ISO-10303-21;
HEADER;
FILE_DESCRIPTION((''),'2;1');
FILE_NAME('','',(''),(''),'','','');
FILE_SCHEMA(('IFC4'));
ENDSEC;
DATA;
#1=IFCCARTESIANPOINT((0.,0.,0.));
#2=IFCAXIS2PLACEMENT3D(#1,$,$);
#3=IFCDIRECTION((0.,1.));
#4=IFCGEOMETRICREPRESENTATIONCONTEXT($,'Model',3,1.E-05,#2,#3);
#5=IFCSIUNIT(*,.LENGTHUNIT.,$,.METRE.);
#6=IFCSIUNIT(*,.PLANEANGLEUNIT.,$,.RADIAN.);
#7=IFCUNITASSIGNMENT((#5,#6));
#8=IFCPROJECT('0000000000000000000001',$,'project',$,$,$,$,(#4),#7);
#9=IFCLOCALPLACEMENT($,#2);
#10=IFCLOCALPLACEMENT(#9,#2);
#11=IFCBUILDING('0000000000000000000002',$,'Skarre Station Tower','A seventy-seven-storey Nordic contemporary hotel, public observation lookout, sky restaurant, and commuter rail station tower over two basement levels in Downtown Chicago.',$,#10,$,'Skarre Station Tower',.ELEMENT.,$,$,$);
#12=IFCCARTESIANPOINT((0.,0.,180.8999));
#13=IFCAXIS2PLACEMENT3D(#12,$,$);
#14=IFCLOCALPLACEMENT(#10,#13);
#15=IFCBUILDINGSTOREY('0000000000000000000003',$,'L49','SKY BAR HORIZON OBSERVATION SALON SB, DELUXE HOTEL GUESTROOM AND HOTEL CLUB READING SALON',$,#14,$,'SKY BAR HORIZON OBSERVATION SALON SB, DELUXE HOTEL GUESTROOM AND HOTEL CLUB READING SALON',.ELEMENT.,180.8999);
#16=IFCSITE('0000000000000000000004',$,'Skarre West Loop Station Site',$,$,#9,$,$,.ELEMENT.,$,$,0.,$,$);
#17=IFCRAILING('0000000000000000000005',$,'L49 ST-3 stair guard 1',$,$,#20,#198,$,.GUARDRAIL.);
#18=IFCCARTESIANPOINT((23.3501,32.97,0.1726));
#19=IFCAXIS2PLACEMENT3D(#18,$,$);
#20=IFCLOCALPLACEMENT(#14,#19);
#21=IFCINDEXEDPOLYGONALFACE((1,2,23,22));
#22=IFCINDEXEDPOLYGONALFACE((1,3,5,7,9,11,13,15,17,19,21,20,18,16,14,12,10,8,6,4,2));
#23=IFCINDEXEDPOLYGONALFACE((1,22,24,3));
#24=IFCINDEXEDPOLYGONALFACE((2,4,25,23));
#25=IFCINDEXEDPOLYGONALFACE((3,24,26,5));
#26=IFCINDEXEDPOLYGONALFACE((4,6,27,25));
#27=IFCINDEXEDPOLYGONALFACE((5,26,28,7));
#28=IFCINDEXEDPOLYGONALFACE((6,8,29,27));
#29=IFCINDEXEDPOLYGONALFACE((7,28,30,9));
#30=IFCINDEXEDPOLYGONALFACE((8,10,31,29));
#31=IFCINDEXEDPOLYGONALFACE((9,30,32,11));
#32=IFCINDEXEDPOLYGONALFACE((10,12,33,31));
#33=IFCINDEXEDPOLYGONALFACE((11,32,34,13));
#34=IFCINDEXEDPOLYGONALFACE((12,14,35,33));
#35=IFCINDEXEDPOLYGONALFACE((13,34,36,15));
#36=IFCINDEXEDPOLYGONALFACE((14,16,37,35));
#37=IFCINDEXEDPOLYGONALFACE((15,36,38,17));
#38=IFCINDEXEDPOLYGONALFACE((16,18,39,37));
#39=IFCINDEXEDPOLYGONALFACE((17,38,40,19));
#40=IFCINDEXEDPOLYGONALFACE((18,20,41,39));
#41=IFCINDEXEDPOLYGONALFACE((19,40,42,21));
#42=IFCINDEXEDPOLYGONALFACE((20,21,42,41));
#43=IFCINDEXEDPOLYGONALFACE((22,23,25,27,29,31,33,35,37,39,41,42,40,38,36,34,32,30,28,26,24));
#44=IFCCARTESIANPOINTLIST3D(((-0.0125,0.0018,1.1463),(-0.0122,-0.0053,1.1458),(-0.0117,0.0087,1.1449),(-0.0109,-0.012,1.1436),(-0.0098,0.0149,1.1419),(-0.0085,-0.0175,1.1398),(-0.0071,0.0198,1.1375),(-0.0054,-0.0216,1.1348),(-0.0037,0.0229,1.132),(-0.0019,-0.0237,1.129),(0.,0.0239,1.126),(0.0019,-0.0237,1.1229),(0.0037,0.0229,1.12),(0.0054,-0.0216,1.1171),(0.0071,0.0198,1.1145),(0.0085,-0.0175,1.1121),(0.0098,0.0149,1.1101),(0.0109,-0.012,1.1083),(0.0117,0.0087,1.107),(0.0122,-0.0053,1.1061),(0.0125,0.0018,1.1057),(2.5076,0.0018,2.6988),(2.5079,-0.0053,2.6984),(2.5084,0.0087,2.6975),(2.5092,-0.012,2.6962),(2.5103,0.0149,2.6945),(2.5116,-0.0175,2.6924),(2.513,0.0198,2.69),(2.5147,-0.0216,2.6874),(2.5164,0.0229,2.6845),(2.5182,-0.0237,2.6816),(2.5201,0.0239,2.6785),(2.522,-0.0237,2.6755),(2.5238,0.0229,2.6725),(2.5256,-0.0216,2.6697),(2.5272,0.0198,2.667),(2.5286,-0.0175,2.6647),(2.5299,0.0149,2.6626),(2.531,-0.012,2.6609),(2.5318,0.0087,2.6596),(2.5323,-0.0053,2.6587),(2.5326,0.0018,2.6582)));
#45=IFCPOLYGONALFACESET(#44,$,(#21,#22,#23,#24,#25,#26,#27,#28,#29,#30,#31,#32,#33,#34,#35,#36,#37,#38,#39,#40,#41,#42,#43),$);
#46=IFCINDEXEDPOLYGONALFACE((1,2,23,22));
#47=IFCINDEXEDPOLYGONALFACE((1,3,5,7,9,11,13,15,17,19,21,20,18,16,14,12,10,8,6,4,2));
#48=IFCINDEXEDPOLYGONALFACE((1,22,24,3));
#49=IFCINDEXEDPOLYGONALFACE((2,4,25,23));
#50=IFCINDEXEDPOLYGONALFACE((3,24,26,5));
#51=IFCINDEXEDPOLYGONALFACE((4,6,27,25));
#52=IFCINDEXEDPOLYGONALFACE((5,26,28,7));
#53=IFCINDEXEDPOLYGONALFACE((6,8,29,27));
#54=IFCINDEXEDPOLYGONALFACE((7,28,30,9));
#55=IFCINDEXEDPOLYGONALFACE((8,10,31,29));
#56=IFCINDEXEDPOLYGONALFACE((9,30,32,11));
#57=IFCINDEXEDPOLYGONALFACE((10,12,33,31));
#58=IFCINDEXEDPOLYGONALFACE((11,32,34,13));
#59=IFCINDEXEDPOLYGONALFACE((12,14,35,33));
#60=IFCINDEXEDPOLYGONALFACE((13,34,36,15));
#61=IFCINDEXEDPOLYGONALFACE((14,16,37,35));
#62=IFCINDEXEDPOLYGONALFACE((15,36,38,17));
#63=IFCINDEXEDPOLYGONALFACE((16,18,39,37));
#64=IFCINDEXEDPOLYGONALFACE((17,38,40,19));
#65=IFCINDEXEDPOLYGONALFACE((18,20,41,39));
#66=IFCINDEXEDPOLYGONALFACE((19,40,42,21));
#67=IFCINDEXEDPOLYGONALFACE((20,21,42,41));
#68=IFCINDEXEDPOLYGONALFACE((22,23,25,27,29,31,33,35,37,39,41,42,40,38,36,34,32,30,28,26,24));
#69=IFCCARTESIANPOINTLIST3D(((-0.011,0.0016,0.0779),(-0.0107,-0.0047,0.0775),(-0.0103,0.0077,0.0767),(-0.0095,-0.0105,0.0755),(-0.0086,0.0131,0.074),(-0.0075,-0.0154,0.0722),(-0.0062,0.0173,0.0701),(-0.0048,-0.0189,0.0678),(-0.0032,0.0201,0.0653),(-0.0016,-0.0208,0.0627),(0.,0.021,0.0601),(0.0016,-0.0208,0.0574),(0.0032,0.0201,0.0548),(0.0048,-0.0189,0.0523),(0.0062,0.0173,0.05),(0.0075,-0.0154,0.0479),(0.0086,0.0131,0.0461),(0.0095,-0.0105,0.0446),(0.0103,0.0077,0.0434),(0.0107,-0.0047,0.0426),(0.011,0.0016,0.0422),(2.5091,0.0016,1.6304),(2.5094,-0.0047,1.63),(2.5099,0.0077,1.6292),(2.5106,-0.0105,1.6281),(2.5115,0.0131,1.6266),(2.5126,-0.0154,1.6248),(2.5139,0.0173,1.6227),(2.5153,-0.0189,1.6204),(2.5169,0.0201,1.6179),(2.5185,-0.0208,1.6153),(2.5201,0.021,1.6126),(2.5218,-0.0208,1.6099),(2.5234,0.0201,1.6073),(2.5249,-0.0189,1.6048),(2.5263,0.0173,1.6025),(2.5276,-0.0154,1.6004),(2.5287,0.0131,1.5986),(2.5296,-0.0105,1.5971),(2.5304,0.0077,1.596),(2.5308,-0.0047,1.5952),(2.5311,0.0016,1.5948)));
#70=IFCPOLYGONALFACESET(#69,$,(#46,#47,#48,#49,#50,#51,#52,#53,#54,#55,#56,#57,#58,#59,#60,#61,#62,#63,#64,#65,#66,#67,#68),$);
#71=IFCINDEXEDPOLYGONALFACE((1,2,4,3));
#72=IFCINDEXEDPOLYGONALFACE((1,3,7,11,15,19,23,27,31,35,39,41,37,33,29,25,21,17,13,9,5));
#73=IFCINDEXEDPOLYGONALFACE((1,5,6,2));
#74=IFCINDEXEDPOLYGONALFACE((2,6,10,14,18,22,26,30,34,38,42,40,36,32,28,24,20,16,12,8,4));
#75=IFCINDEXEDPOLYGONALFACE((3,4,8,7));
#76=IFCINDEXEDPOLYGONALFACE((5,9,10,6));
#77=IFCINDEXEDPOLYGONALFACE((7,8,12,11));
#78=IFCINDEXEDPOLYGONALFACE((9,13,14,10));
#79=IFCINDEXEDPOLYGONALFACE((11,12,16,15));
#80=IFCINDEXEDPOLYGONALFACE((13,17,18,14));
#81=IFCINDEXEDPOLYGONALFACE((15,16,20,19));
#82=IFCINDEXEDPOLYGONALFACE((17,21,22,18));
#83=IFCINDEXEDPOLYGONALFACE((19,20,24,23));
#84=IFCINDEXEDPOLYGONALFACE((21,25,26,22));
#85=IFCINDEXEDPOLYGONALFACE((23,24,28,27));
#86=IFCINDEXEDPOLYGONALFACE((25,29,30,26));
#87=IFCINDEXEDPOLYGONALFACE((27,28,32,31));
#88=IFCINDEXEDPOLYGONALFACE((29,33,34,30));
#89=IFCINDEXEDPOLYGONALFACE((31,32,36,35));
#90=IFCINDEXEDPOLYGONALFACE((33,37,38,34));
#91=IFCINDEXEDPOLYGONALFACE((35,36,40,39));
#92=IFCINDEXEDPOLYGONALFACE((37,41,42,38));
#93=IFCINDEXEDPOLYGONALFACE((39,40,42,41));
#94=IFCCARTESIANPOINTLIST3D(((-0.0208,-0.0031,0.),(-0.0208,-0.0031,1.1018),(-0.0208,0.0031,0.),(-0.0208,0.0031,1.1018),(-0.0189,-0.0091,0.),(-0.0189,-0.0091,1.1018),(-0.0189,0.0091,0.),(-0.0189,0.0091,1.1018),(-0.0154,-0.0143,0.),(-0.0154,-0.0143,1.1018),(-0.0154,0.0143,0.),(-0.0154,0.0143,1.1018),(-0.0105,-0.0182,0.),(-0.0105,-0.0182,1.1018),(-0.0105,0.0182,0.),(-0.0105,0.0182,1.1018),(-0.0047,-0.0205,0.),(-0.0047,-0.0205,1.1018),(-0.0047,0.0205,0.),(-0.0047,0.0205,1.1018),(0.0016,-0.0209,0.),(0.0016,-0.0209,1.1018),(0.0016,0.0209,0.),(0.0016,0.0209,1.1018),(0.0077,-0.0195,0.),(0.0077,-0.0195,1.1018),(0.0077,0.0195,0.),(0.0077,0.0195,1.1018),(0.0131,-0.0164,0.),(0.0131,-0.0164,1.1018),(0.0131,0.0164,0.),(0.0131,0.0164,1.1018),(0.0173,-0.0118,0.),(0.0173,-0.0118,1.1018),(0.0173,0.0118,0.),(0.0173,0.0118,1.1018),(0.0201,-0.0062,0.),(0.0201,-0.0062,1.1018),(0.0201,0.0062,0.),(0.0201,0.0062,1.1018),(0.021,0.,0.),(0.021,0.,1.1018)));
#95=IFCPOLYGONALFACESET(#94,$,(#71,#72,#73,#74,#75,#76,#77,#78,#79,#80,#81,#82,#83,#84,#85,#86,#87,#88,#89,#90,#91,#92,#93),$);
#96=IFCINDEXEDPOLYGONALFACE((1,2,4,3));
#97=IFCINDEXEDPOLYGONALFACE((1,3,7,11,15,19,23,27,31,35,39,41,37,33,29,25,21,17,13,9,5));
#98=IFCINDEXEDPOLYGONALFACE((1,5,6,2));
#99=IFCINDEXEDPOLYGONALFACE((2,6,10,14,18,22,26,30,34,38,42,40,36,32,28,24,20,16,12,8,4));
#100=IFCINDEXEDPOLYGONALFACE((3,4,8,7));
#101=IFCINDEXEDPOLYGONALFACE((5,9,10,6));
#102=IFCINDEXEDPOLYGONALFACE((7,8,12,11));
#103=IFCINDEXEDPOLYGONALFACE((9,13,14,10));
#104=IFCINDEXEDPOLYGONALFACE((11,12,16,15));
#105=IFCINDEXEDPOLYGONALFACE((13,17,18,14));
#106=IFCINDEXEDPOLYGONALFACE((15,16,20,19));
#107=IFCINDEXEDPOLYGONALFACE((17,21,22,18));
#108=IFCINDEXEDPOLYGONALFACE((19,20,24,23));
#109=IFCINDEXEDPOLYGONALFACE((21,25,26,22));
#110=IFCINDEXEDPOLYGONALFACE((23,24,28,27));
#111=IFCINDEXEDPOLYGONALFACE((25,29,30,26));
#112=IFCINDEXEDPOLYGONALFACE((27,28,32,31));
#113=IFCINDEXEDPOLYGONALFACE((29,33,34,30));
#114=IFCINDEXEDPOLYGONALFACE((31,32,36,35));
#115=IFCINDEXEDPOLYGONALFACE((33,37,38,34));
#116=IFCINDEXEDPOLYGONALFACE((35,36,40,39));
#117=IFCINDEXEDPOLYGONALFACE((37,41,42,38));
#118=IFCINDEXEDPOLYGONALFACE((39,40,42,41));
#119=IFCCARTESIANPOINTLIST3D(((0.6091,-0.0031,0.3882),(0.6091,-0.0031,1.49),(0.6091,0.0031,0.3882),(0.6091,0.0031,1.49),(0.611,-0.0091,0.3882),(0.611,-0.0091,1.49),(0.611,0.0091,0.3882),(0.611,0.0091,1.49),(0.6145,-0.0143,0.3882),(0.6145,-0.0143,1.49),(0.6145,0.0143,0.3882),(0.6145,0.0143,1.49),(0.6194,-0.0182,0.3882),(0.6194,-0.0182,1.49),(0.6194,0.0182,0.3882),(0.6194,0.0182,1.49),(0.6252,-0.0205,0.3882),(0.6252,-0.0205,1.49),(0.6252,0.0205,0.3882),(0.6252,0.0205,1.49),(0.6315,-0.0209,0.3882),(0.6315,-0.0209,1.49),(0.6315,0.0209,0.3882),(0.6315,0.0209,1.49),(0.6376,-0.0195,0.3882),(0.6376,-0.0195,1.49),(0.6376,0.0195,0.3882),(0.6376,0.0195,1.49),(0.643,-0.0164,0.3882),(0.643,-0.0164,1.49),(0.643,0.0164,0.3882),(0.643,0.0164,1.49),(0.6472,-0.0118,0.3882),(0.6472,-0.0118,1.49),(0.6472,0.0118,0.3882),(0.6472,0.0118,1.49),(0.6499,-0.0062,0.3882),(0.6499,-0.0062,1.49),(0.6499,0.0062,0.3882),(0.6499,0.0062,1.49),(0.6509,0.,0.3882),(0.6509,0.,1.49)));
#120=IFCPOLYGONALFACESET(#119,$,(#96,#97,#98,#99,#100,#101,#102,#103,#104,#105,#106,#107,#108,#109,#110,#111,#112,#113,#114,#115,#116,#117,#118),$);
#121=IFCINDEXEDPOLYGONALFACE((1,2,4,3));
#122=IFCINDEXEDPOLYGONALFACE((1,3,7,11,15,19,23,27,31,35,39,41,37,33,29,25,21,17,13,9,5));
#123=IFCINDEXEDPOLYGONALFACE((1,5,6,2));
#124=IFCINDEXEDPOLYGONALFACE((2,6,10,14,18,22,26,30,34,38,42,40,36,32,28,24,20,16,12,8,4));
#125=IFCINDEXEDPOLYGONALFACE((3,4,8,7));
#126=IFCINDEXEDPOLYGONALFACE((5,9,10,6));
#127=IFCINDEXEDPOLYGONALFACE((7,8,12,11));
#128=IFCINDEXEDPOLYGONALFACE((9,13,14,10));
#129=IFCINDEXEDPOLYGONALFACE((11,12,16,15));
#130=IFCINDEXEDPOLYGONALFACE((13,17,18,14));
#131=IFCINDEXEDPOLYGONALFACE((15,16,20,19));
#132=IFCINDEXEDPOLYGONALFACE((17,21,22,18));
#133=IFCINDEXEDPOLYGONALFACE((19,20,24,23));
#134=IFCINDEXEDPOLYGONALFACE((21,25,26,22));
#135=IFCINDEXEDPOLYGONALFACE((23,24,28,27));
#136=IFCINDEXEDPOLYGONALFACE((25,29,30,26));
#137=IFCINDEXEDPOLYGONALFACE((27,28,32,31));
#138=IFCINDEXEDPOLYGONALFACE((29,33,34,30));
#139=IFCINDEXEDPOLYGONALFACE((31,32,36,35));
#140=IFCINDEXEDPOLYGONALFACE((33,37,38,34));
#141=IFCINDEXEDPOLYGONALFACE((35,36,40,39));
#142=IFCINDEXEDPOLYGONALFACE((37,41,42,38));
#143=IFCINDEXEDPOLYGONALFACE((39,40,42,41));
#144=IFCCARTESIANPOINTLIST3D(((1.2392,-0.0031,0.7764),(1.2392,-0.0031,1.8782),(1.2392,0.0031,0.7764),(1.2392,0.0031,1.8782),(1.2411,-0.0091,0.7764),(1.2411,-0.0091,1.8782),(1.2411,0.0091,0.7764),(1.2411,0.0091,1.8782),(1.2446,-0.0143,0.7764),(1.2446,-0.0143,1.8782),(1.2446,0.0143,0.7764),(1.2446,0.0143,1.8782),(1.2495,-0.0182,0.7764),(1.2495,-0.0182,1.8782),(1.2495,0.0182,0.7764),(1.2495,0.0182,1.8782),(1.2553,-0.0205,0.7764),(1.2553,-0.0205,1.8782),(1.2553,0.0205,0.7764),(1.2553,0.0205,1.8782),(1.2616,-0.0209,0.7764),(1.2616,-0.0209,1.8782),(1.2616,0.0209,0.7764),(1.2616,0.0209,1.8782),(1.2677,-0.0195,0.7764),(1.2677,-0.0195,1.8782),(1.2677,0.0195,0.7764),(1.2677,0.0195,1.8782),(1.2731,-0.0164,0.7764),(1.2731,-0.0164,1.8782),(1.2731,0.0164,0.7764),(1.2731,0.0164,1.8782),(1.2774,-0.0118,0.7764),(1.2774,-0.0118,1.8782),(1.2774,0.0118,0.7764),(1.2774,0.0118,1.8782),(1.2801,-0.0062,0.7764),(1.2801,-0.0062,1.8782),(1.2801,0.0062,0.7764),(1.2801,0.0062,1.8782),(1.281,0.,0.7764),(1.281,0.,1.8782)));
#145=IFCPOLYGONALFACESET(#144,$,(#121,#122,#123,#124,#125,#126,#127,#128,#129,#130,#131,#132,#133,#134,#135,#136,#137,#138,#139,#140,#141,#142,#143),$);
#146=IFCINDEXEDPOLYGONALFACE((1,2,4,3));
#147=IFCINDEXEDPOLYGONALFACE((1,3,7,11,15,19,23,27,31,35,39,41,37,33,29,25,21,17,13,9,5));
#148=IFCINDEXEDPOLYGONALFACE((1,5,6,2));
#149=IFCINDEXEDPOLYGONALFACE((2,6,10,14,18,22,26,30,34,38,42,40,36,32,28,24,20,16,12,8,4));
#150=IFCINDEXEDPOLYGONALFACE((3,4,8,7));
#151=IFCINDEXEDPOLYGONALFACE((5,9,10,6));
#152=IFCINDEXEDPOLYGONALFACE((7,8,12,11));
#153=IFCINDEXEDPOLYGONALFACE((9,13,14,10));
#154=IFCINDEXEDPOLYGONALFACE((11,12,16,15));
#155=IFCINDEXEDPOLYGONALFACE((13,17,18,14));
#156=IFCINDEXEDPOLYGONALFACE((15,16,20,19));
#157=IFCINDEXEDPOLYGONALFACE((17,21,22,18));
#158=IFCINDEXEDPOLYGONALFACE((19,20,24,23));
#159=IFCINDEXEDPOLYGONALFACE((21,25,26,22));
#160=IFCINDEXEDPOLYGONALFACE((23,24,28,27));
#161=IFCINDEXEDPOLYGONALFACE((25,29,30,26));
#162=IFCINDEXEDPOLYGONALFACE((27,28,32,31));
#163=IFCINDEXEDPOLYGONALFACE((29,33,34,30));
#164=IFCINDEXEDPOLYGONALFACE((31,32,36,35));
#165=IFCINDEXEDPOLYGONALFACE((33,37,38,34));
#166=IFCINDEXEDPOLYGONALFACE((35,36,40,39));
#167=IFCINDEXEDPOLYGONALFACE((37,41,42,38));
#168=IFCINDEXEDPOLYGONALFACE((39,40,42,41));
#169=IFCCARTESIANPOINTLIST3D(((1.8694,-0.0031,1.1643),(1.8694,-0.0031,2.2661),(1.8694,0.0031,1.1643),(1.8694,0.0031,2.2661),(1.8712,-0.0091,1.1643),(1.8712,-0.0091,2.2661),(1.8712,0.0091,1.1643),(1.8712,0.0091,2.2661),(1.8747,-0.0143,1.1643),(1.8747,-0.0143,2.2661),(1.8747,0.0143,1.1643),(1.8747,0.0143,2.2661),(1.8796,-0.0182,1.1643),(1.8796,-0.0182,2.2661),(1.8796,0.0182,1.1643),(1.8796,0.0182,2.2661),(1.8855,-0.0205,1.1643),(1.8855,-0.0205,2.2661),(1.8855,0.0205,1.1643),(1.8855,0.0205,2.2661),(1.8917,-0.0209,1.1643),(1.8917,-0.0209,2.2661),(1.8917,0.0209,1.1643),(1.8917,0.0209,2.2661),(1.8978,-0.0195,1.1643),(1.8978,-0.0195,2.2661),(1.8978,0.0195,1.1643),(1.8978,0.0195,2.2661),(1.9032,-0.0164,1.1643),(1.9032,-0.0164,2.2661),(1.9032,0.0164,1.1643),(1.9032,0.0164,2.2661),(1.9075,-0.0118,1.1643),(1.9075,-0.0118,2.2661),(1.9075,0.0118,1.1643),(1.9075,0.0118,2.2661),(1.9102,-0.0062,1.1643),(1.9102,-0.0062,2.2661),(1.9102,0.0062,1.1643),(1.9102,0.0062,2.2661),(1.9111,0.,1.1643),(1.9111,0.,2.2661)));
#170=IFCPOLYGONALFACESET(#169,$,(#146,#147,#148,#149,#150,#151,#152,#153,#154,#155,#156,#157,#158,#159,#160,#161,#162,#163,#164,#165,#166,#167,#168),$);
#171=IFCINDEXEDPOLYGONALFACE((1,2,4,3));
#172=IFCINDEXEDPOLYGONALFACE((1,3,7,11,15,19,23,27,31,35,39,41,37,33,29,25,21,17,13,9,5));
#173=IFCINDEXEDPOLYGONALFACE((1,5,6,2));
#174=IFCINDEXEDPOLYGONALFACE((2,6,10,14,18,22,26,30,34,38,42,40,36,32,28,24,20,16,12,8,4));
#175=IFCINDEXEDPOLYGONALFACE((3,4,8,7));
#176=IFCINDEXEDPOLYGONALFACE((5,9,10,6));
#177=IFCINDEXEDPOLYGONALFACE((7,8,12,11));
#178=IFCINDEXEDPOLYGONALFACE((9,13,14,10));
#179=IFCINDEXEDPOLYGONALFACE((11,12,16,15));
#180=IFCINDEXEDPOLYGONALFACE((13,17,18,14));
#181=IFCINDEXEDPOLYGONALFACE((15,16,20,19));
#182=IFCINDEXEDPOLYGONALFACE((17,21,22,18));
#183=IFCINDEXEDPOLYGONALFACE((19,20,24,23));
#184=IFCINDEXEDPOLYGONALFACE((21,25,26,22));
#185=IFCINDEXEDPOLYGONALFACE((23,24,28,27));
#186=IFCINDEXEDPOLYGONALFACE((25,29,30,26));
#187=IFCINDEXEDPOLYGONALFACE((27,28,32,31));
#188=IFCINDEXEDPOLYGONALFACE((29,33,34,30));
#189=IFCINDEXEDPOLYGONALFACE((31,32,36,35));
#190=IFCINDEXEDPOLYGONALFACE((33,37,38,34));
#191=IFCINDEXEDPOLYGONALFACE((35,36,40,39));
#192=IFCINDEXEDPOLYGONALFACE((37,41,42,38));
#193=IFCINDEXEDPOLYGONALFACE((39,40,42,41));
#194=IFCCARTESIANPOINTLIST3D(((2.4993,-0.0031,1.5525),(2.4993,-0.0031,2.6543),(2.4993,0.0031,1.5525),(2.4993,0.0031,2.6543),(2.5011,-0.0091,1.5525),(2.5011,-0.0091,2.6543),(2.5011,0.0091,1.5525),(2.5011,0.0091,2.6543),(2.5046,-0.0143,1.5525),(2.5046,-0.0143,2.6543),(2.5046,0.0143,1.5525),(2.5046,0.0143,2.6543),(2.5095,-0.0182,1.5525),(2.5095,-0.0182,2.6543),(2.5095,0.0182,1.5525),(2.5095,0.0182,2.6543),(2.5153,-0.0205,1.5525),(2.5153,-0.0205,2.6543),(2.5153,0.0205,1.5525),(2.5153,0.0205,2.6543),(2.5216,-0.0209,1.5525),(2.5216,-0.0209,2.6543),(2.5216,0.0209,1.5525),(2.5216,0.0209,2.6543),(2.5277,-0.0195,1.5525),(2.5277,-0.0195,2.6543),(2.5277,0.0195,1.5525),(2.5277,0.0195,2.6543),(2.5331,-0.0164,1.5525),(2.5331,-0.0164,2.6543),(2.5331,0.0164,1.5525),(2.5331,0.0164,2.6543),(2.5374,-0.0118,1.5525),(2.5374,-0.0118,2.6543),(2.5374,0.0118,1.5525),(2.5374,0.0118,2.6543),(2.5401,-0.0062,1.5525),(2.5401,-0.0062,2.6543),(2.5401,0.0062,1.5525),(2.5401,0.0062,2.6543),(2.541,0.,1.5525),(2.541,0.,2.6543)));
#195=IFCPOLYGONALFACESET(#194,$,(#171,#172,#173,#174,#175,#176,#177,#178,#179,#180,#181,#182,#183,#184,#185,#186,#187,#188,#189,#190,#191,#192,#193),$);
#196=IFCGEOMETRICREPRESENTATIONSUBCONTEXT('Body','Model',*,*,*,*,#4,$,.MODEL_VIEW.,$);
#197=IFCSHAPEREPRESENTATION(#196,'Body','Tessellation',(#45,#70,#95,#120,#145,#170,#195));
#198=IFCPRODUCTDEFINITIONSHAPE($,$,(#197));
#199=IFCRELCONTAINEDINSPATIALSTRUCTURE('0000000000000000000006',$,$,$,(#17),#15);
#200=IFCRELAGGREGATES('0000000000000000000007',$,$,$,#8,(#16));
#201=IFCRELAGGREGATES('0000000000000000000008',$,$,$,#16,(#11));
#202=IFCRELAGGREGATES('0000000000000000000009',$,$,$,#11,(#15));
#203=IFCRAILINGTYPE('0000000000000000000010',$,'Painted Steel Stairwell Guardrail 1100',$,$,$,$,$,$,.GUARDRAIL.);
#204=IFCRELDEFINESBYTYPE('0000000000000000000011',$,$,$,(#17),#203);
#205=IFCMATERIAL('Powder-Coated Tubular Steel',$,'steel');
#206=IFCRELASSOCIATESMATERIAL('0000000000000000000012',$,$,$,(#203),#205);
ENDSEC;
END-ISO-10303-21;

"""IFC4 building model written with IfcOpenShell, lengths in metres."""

from ifc_helpers import new_model, si_unit, direction, frame, origin, origin_2d, place, context, subcontext, project, spatial, circle, extrude, material, type_object, element, save


model = new_model("IFC4")

# Units and contexts
model_context = context("Model", 3, precision=1e-05, world=origin(), true_north=direction((0.0, 1.0)))
body_context = subcontext(model_context, "Body", "Model", "MODEL_VIEW")
ifc_project = project(units=[si_unit("LENGTHUNIT", "METRE"), si_unit("PLANEANGLEUNIT", "RADIAN")], contexts=[model_context])

# Site, building, storey
site_placement = place(None, origin())
site = spatial("IfcSite", under=ifc_project, at=site_placement, Name="Skarre West Loop Station Site", CompositionType="ELEMENT", RefElevation=0.0)
building_placement = place(site_placement, origin())
building = spatial("IfcBuilding", under=site, at=building_placement, Name="Skarre Station Tower", Description="A seventy-seven-storey Nordic contemporary hotel, public observation lookout, sky restaurant, and commuter rail station tower over two basement levels in Downtown Chicago.", LongName="Skarre Station Tower", CompositionType="ELEMENT")
storey_placement = place(building_placement, frame((0.0, 0.0, 180.8999)))
storey = spatial("IfcBuildingStorey", under=building, at=storey_placement, Name="L49", Description="SKY BAR HORIZON OBSERVATION SALON SB, DELUXE HOTEL GUESTROOM AND HOTEL CLUB READING SALON", LongName="SKY BAR HORIZON OBSERVATION SALON SB, DELUXE HOTEL GUESTROOM AND HOTEL CLUB READING SALON", CompositionType="ELEMENT", Elevation=180.8999)

# Railing
ifc_material_1 = material(Name="Powder-Coated Tubular Steel", Category="steel")
railing_type_1 = type_object("IfcRailingType", Name="Painted Steel Stairwell Guardrail 1100", PredefinedType="GUARDRAIL", material=ifc_material_1)
railing_1_placement = place(storey_placement, frame((23.3501, 32.97, 0.1726)))
element("IfcRailing", 1, at=railing_1_placement, inside=storey, type_object=railing_type_1, Name="L49 ST-3 stair guard 1", PredefinedType="GUARDRAIL", context=body_context, shape_type="SweptSolid", body=[
    extrude(circle(Radius=0.0239, at=origin_2d()), frame((0.0, 0.0, 1.126), z_axis=(0.8514, 0.0, 0.524516), x_axis=(0.0, 1.0, 0.0)), (0.0, 0.0, 1.0), 2.96),
    extrude(circle(Radius=0.021, at=origin_2d()), frame((0.0, 0.0, 0.0601), z_axis=(0.8514, 0.0, 0.524516), x_axis=(0.0, 1.0, 0.0)), (0.0, 0.0, 1.0), 2.96),
    extrude(circle(Radius=0.021, at=origin_2d()), origin(), (0.0, 0.0, 1.0), 1.1018),
    extrude(circle(Radius=0.021, at=origin_2d()), frame((0.6299, 0.0, 0.3882)), (0.0, 0.0, 1.0), 1.1018),
    extrude(circle(Radius=0.021, at=origin_2d()), frame((1.26, 0.0, 0.7764)), (0.0, 0.0, 1.0), 1.1018),
    extrude(circle(Radius=0.021, at=origin_2d()), frame((1.8901, 0.0, 1.1643)), (0.0, 0.0, 1.0), 1.1018),
    extrude(circle(Radius=0.021, at=origin_2d()), frame((2.52, 0.0, 1.5525)), (0.0, 0.0, 1.0), 1.1018),
])

save(model, "model.ifc")
